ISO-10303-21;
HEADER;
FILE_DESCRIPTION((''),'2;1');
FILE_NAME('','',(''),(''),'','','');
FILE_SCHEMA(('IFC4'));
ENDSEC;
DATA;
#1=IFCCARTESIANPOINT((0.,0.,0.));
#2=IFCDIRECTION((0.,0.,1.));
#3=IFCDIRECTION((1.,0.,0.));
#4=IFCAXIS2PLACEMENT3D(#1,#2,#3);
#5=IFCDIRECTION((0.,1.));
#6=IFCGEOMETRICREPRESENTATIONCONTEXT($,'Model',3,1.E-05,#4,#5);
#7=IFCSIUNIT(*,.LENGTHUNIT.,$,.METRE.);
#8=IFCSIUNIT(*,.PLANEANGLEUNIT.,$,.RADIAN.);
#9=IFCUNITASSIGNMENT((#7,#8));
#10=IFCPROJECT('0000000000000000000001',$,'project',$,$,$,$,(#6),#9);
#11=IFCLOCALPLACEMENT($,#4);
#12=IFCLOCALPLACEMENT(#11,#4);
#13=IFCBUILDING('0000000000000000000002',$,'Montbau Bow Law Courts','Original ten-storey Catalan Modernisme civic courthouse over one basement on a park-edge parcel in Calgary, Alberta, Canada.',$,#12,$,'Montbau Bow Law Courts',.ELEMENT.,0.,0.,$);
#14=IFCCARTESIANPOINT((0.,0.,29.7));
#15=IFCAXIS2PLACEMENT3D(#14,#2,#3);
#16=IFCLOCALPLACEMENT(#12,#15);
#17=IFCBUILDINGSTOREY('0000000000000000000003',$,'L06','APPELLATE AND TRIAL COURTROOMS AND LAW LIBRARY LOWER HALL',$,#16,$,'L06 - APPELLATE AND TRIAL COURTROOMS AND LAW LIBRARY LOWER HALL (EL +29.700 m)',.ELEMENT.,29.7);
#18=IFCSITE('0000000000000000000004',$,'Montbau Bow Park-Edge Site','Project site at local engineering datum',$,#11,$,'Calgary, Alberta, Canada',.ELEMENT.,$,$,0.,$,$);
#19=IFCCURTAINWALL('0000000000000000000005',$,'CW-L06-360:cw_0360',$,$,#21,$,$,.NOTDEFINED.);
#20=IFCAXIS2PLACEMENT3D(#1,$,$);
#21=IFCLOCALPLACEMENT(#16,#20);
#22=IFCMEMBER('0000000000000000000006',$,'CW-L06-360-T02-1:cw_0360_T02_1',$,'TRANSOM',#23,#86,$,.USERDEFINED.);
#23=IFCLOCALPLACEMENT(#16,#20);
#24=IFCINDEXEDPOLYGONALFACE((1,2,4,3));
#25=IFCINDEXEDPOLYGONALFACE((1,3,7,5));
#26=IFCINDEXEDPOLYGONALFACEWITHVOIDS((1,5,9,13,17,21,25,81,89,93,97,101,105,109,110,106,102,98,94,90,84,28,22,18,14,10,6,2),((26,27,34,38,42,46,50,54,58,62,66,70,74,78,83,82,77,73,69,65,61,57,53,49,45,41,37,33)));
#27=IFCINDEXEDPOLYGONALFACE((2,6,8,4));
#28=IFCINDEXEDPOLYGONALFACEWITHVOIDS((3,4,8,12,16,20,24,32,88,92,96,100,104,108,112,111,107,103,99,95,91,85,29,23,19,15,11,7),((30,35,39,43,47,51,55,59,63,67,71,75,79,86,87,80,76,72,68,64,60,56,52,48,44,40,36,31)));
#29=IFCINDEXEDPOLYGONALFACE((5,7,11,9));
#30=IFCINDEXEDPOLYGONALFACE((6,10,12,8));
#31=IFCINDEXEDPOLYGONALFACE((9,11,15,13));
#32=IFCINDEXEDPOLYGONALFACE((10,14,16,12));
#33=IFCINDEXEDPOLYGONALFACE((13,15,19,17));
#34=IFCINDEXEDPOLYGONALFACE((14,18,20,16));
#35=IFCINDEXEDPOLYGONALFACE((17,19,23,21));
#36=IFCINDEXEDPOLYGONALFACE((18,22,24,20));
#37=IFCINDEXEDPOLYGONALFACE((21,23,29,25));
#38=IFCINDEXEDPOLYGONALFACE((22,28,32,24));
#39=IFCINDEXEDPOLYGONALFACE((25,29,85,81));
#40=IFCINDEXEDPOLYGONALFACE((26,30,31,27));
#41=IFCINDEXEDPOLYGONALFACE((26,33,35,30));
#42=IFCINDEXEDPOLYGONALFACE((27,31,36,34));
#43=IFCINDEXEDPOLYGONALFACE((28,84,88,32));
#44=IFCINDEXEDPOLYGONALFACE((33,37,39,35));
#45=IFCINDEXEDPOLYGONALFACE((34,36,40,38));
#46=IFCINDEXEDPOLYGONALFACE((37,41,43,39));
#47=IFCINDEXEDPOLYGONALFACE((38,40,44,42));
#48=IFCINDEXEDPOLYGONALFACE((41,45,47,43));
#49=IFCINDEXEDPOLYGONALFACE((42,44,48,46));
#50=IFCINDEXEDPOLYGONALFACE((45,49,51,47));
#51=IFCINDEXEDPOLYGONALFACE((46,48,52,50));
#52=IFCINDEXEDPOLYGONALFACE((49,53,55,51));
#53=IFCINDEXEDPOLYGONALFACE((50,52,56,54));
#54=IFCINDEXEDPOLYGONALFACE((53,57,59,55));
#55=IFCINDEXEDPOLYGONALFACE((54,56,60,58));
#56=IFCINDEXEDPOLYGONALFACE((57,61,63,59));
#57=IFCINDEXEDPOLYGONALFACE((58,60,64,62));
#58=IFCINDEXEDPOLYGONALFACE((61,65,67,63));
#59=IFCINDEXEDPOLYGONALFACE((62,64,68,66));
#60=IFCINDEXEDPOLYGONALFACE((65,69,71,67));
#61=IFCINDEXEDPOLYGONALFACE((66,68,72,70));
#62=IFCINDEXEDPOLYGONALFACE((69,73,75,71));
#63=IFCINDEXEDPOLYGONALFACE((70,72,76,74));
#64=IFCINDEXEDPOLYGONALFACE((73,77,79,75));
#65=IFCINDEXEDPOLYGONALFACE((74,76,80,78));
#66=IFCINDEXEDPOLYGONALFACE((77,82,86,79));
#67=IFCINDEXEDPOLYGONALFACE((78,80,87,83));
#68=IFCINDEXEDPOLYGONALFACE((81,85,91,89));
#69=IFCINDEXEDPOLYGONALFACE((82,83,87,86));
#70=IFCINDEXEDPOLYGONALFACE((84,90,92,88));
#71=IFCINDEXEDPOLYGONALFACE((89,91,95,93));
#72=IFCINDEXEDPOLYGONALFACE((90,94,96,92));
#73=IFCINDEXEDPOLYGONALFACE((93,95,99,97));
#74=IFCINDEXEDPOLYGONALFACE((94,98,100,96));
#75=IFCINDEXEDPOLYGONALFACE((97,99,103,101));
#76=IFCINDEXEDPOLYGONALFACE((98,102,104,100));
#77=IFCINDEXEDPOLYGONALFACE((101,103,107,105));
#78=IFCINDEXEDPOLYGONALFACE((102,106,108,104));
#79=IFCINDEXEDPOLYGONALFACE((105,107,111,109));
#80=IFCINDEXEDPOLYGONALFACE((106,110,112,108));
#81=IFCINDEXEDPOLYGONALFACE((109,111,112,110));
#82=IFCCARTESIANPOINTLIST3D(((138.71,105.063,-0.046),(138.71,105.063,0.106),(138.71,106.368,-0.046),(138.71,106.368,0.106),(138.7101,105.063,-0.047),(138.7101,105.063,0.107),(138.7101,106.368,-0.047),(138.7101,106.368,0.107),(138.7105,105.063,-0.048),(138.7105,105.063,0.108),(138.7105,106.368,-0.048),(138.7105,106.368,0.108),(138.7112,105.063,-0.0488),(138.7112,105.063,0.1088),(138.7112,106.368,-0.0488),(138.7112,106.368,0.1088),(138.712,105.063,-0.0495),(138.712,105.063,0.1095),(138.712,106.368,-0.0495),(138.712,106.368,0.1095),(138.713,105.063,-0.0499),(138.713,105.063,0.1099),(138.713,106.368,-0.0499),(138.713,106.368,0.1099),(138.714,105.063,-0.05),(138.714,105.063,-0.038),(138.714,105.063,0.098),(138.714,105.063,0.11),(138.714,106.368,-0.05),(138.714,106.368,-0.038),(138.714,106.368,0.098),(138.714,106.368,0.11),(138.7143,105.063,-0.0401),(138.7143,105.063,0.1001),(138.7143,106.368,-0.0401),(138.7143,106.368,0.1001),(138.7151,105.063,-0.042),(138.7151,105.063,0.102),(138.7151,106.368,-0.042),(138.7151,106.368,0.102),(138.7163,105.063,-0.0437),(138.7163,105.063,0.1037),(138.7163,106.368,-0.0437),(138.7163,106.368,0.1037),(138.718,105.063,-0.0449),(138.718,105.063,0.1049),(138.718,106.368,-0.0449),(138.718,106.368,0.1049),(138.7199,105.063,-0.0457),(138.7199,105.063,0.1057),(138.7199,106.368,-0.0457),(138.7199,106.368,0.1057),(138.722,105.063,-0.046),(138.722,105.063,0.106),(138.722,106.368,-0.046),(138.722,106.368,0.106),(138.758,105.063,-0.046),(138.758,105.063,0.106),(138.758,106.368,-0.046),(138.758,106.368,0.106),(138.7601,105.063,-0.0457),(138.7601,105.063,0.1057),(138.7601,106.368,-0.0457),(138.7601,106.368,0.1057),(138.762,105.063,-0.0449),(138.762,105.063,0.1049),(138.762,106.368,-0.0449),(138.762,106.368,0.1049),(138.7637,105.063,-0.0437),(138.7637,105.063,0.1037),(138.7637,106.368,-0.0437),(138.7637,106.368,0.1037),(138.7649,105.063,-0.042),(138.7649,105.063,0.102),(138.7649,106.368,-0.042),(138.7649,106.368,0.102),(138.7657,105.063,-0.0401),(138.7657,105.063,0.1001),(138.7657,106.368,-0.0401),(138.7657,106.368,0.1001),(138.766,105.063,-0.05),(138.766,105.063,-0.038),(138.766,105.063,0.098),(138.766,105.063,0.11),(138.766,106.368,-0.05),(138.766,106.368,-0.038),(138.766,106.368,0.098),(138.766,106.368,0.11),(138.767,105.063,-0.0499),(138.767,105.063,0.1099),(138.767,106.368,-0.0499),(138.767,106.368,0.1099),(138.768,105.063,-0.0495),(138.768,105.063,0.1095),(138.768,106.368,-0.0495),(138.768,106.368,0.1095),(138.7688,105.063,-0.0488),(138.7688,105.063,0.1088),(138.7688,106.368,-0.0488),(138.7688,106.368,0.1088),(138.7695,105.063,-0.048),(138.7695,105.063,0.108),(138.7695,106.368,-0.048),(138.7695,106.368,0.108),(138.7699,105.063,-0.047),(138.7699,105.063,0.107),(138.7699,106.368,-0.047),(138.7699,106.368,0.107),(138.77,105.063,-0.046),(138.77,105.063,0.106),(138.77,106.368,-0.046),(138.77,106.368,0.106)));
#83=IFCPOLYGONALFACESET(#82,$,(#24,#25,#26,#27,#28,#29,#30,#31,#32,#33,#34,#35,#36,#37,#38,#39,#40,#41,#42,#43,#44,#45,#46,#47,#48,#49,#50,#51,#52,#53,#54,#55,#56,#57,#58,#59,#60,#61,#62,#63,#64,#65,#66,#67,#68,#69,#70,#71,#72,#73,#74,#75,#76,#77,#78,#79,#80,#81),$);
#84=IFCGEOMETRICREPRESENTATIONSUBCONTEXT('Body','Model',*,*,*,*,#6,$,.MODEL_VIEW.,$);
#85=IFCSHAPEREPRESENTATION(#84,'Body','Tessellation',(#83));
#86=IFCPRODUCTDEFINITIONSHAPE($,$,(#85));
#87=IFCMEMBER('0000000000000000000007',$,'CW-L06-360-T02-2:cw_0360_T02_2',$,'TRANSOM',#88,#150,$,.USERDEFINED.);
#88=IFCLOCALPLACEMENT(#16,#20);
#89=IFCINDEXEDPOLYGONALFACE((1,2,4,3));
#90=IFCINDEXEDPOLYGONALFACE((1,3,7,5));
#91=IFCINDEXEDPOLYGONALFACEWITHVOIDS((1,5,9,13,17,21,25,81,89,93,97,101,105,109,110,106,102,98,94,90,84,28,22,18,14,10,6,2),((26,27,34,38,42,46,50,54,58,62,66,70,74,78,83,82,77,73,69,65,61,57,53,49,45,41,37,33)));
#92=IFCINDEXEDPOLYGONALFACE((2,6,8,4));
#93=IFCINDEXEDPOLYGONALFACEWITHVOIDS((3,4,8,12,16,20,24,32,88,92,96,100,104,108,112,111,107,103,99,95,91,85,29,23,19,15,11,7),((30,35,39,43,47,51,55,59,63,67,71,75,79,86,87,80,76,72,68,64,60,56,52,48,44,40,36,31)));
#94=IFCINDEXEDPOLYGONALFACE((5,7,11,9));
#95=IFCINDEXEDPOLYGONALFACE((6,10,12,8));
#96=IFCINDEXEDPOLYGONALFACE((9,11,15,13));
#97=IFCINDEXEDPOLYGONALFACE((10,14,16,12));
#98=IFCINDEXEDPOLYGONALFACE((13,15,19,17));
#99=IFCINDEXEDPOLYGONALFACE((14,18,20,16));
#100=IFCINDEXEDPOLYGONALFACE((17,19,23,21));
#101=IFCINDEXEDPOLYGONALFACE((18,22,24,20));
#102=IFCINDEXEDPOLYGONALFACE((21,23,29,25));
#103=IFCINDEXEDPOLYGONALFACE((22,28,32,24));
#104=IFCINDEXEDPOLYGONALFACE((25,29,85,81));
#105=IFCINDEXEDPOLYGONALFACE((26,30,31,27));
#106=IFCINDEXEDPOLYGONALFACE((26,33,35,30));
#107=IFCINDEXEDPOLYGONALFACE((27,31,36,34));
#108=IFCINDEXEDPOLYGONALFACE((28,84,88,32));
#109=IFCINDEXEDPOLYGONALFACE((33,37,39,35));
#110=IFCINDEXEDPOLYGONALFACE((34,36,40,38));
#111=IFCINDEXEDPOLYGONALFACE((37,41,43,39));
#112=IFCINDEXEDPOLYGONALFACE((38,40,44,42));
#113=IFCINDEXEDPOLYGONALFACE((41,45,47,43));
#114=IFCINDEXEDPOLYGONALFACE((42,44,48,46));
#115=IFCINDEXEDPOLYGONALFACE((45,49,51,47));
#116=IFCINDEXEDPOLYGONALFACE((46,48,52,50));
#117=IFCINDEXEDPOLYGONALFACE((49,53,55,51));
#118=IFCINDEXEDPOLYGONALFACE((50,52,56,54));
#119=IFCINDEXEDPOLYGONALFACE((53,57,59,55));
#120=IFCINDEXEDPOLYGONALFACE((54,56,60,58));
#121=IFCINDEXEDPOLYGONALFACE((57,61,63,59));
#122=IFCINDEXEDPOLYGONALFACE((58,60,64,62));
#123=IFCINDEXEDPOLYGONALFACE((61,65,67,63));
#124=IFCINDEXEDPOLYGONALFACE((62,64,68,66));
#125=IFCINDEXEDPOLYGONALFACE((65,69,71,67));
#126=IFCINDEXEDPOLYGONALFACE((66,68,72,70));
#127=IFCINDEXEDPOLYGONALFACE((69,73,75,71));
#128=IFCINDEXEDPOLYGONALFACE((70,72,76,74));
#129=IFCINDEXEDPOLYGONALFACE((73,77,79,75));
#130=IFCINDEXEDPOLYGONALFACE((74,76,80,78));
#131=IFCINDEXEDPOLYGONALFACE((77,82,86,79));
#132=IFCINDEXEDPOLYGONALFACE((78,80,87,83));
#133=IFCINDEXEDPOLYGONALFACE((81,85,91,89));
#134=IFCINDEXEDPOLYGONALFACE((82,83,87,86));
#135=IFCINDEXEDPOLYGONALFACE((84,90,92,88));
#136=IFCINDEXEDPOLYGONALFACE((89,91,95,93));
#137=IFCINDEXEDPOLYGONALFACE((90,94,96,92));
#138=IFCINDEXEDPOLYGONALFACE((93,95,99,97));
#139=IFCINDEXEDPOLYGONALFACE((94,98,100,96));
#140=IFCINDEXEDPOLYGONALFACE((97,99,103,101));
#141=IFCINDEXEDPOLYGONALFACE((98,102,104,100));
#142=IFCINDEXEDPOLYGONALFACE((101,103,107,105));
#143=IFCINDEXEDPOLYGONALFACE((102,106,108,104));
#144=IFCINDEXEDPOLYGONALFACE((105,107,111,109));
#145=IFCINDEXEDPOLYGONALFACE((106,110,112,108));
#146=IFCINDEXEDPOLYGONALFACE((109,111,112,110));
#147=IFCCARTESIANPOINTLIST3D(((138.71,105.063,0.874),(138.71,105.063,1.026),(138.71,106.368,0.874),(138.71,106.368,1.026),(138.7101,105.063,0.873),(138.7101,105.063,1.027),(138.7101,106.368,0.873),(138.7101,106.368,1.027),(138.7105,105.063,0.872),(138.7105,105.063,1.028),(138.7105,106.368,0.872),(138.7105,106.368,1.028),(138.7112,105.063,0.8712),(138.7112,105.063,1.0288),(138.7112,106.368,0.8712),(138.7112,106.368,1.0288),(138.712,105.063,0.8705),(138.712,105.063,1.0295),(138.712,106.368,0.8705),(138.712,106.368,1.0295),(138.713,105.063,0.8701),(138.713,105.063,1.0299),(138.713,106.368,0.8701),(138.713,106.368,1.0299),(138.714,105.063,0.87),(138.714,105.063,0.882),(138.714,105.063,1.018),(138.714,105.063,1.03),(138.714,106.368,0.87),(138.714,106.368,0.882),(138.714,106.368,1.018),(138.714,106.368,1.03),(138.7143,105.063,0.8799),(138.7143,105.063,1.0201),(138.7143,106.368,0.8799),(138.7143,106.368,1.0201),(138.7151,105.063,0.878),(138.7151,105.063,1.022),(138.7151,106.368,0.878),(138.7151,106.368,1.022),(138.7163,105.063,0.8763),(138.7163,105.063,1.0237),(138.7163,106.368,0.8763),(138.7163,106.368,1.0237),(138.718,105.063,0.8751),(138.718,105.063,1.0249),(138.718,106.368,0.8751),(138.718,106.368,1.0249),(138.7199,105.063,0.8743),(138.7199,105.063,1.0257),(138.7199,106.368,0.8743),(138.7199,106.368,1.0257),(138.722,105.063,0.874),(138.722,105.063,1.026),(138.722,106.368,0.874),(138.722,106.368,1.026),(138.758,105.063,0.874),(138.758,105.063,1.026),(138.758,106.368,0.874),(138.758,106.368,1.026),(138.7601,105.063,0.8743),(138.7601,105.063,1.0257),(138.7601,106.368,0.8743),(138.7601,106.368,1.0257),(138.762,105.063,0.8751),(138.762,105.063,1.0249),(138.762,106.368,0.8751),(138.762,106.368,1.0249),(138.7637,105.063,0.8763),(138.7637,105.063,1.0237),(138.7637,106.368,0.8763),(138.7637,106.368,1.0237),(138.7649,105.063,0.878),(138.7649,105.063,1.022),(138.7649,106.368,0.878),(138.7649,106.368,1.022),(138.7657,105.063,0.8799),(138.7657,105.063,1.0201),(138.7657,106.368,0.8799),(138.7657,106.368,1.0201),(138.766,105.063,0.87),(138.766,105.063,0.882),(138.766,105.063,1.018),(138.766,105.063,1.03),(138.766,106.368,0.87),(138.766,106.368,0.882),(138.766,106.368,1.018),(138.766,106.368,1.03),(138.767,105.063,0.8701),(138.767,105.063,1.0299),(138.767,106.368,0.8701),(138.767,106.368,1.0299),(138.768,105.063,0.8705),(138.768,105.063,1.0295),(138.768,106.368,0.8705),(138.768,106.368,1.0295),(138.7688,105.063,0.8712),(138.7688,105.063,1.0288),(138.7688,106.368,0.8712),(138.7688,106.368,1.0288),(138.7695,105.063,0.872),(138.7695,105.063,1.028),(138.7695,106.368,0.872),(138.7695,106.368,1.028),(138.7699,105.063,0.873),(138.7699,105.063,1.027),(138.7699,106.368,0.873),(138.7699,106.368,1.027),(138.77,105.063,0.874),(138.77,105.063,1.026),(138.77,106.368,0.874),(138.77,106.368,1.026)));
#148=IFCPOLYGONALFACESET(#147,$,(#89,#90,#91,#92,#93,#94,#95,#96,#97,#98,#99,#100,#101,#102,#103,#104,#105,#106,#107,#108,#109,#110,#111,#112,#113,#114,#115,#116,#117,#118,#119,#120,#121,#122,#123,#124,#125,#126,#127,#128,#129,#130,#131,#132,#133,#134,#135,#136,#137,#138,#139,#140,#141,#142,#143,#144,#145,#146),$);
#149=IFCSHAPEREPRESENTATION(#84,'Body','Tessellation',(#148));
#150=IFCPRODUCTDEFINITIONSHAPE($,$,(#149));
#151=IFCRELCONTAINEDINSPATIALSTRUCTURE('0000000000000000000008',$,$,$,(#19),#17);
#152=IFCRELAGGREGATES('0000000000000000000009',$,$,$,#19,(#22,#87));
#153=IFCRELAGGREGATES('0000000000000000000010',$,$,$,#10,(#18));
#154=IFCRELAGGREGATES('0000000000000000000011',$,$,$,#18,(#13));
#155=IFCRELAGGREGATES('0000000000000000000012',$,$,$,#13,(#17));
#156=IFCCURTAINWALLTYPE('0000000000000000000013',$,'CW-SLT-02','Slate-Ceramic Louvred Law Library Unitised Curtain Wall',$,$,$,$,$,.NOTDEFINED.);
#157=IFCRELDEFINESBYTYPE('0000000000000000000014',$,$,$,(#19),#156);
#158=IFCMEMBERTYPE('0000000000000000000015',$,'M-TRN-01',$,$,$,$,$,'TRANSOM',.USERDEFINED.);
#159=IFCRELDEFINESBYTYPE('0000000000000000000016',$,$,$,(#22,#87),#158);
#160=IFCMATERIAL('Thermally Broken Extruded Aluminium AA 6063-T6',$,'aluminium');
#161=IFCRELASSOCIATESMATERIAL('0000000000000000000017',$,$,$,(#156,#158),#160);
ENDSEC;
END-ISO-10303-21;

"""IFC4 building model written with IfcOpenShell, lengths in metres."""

from ifc_helpers import new_model, si_unit, direction, frame, origin_with_axes, origin_2d_with_axis, place, context, subcontext, project, spatial, hollow_rectangle, extrude, material, material_profile, profile_set, type_object, element, aggregate, save


model = new_model("IFC4")

# Units and contexts
model_context = context("Model", 3, precision=1e-05, world=origin_with_axes(), true_north=direction((0.0, 1.0)))
body_context = subcontext(model_context, "Body", "Model", "MODEL_VIEW")
ifc_project = project(units=[si_unit("LENGTHUNIT", "METRE"), si_unit("PLANEANGLEUNIT", "RADIAN")], contexts=[model_context])

# Site, building, storey
site_placement = place(None, origin_with_axes())
site = spatial("IfcSite", under=ifc_project, at=site_placement, Name="Montbau Bow Park-Edge Site", Description="Project site at local engineering datum", LongName="Calgary, Alberta, Canada", CompositionType="ELEMENT", RefElevation=0.0)
building_placement = place(site_placement, origin_with_axes())
building = spatial("IfcBuilding", under=site, at=building_placement, Name="Montbau Bow Law Courts", Description="Original ten-storey Catalan Modernisme civic courthouse over one basement on a park-edge parcel in Calgary, Alberta, Canada.", LongName="Montbau Bow Law Courts", CompositionType="ELEMENT", ElevationOfRefHeight=0.0, ElevationOfTerrain=0.0)
storey_placement = place(building_placement, frame((0.0, 0.0, 29.7), z_axis=(0.0, 0.0, 1.0), x_axis=(1.0, 0.0, 0.0)))
storey = spatial("IfcBuildingStorey", under=building, at=storey_placement, Name="L06", Description="APPELLATE AND TRIAL COURTROOMS AND LAW LIBRARY LOWER HALL", LongName="L06 - APPELLATE AND TRIAL COURTROOMS AND LAW LIBRARY LOWER HALL (EL +29.700 m)", CompositionType="ELEMENT", Elevation=29.7)

# Curtain wall, members
ifc_material_1 = material(Name="Thermally Broken Extruded Aluminium AA 6063-T6", Category="aluminium")
curtain_wall_type = type_object("IfcCurtainWallType", Name="CW-SLT-02", Description="Slate-Ceramic Louvred Law Library Unitised Curtain Wall", PredefinedType="NOTDEFINED", material=ifc_material_1)
curtain_wall_placement = place(None, frame((138.74, 103.64, 29.7), z_axis=(0.0, 0.0, 1.0), x_axis=(1.0, 0.0, 0.0)))
curtain_wall = element("IfcCurtainWall", 1, at=curtain_wall_placement, inside=storey, type_object=curtain_wall_type, Name="CW-L06-360:cw_0360", PredefinedType="NOTDEFINED")
ifc_material_profile_1 = material_profile(ifc_material_1, hollow_rectangle(XDim=0.06, YDim=0.16, WallThickness=0.004, InnerFilletRadius=0.008, OuterFilletRadius=0.004, at=origin_2d_with_axis()), Name="CWT-160X60", Category="Main", Priority=0)
ifc_profile_set_1 = profile_set([ifc_material_profile_1], Name="Thermally Broken Extruded Aluminium AA 6063-T6")
member_type_1 = type_object("IfcMemberType", Name="M-TRN-01", ElementType="TRANSOM", PredefinedType="USERDEFINED", material=ifc_profile_set_1)
member_1_placement = place(None, frame((138.74, 105.063, 29.73), z_axis=(0.0, 1.0, 0.0), x_axis=(-1.0, 0.0, 0.0)))
member_1 = element("IfcMember", 2, at=member_1_placement, type_object=member_type_1, Name="CW-L06-360-T02-1:cw_0360_T02_1", ObjectType="TRANSOM", PredefinedType="USERDEFINED", context=body_context, shape_type="SweptSolid", body=[
    extrude(hollow_rectangle(XDim=0.06, YDim=0.16, WallThickness=0.004, InnerFilletRadius=0.008, OuterFilletRadius=0.004, at=origin_2d_with_axis()), origin_with_axes(), (0.0, 0.0, 1.0), 1.305),
])
member_2_placement = place(None, frame((138.74, 105.063, 30.65), z_axis=(0.0, 1.0, 0.0), x_axis=(-1.0, 0.0, 0.0)))
member_2 = element("IfcMember", 3, at=member_2_placement, type_object=member_type_1, Name="CW-L06-360-T02-2:cw_0360_T02_2", ObjectType="TRANSOM", PredefinedType="USERDEFINED", context=body_context, shape_type="SweptSolid", body=[
    extrude(hollow_rectangle(XDim=0.06, YDim=0.16, WallThickness=0.004, InnerFilletRadius=0.008, OuterFilletRadius=0.004, at=origin_2d_with_axis()), origin_with_axes(), (0.0, 0.0, 1.0), 1.305),
])
aggregate(curtain_wall, [member_1, member_2])

save(model, "model.ifc")
